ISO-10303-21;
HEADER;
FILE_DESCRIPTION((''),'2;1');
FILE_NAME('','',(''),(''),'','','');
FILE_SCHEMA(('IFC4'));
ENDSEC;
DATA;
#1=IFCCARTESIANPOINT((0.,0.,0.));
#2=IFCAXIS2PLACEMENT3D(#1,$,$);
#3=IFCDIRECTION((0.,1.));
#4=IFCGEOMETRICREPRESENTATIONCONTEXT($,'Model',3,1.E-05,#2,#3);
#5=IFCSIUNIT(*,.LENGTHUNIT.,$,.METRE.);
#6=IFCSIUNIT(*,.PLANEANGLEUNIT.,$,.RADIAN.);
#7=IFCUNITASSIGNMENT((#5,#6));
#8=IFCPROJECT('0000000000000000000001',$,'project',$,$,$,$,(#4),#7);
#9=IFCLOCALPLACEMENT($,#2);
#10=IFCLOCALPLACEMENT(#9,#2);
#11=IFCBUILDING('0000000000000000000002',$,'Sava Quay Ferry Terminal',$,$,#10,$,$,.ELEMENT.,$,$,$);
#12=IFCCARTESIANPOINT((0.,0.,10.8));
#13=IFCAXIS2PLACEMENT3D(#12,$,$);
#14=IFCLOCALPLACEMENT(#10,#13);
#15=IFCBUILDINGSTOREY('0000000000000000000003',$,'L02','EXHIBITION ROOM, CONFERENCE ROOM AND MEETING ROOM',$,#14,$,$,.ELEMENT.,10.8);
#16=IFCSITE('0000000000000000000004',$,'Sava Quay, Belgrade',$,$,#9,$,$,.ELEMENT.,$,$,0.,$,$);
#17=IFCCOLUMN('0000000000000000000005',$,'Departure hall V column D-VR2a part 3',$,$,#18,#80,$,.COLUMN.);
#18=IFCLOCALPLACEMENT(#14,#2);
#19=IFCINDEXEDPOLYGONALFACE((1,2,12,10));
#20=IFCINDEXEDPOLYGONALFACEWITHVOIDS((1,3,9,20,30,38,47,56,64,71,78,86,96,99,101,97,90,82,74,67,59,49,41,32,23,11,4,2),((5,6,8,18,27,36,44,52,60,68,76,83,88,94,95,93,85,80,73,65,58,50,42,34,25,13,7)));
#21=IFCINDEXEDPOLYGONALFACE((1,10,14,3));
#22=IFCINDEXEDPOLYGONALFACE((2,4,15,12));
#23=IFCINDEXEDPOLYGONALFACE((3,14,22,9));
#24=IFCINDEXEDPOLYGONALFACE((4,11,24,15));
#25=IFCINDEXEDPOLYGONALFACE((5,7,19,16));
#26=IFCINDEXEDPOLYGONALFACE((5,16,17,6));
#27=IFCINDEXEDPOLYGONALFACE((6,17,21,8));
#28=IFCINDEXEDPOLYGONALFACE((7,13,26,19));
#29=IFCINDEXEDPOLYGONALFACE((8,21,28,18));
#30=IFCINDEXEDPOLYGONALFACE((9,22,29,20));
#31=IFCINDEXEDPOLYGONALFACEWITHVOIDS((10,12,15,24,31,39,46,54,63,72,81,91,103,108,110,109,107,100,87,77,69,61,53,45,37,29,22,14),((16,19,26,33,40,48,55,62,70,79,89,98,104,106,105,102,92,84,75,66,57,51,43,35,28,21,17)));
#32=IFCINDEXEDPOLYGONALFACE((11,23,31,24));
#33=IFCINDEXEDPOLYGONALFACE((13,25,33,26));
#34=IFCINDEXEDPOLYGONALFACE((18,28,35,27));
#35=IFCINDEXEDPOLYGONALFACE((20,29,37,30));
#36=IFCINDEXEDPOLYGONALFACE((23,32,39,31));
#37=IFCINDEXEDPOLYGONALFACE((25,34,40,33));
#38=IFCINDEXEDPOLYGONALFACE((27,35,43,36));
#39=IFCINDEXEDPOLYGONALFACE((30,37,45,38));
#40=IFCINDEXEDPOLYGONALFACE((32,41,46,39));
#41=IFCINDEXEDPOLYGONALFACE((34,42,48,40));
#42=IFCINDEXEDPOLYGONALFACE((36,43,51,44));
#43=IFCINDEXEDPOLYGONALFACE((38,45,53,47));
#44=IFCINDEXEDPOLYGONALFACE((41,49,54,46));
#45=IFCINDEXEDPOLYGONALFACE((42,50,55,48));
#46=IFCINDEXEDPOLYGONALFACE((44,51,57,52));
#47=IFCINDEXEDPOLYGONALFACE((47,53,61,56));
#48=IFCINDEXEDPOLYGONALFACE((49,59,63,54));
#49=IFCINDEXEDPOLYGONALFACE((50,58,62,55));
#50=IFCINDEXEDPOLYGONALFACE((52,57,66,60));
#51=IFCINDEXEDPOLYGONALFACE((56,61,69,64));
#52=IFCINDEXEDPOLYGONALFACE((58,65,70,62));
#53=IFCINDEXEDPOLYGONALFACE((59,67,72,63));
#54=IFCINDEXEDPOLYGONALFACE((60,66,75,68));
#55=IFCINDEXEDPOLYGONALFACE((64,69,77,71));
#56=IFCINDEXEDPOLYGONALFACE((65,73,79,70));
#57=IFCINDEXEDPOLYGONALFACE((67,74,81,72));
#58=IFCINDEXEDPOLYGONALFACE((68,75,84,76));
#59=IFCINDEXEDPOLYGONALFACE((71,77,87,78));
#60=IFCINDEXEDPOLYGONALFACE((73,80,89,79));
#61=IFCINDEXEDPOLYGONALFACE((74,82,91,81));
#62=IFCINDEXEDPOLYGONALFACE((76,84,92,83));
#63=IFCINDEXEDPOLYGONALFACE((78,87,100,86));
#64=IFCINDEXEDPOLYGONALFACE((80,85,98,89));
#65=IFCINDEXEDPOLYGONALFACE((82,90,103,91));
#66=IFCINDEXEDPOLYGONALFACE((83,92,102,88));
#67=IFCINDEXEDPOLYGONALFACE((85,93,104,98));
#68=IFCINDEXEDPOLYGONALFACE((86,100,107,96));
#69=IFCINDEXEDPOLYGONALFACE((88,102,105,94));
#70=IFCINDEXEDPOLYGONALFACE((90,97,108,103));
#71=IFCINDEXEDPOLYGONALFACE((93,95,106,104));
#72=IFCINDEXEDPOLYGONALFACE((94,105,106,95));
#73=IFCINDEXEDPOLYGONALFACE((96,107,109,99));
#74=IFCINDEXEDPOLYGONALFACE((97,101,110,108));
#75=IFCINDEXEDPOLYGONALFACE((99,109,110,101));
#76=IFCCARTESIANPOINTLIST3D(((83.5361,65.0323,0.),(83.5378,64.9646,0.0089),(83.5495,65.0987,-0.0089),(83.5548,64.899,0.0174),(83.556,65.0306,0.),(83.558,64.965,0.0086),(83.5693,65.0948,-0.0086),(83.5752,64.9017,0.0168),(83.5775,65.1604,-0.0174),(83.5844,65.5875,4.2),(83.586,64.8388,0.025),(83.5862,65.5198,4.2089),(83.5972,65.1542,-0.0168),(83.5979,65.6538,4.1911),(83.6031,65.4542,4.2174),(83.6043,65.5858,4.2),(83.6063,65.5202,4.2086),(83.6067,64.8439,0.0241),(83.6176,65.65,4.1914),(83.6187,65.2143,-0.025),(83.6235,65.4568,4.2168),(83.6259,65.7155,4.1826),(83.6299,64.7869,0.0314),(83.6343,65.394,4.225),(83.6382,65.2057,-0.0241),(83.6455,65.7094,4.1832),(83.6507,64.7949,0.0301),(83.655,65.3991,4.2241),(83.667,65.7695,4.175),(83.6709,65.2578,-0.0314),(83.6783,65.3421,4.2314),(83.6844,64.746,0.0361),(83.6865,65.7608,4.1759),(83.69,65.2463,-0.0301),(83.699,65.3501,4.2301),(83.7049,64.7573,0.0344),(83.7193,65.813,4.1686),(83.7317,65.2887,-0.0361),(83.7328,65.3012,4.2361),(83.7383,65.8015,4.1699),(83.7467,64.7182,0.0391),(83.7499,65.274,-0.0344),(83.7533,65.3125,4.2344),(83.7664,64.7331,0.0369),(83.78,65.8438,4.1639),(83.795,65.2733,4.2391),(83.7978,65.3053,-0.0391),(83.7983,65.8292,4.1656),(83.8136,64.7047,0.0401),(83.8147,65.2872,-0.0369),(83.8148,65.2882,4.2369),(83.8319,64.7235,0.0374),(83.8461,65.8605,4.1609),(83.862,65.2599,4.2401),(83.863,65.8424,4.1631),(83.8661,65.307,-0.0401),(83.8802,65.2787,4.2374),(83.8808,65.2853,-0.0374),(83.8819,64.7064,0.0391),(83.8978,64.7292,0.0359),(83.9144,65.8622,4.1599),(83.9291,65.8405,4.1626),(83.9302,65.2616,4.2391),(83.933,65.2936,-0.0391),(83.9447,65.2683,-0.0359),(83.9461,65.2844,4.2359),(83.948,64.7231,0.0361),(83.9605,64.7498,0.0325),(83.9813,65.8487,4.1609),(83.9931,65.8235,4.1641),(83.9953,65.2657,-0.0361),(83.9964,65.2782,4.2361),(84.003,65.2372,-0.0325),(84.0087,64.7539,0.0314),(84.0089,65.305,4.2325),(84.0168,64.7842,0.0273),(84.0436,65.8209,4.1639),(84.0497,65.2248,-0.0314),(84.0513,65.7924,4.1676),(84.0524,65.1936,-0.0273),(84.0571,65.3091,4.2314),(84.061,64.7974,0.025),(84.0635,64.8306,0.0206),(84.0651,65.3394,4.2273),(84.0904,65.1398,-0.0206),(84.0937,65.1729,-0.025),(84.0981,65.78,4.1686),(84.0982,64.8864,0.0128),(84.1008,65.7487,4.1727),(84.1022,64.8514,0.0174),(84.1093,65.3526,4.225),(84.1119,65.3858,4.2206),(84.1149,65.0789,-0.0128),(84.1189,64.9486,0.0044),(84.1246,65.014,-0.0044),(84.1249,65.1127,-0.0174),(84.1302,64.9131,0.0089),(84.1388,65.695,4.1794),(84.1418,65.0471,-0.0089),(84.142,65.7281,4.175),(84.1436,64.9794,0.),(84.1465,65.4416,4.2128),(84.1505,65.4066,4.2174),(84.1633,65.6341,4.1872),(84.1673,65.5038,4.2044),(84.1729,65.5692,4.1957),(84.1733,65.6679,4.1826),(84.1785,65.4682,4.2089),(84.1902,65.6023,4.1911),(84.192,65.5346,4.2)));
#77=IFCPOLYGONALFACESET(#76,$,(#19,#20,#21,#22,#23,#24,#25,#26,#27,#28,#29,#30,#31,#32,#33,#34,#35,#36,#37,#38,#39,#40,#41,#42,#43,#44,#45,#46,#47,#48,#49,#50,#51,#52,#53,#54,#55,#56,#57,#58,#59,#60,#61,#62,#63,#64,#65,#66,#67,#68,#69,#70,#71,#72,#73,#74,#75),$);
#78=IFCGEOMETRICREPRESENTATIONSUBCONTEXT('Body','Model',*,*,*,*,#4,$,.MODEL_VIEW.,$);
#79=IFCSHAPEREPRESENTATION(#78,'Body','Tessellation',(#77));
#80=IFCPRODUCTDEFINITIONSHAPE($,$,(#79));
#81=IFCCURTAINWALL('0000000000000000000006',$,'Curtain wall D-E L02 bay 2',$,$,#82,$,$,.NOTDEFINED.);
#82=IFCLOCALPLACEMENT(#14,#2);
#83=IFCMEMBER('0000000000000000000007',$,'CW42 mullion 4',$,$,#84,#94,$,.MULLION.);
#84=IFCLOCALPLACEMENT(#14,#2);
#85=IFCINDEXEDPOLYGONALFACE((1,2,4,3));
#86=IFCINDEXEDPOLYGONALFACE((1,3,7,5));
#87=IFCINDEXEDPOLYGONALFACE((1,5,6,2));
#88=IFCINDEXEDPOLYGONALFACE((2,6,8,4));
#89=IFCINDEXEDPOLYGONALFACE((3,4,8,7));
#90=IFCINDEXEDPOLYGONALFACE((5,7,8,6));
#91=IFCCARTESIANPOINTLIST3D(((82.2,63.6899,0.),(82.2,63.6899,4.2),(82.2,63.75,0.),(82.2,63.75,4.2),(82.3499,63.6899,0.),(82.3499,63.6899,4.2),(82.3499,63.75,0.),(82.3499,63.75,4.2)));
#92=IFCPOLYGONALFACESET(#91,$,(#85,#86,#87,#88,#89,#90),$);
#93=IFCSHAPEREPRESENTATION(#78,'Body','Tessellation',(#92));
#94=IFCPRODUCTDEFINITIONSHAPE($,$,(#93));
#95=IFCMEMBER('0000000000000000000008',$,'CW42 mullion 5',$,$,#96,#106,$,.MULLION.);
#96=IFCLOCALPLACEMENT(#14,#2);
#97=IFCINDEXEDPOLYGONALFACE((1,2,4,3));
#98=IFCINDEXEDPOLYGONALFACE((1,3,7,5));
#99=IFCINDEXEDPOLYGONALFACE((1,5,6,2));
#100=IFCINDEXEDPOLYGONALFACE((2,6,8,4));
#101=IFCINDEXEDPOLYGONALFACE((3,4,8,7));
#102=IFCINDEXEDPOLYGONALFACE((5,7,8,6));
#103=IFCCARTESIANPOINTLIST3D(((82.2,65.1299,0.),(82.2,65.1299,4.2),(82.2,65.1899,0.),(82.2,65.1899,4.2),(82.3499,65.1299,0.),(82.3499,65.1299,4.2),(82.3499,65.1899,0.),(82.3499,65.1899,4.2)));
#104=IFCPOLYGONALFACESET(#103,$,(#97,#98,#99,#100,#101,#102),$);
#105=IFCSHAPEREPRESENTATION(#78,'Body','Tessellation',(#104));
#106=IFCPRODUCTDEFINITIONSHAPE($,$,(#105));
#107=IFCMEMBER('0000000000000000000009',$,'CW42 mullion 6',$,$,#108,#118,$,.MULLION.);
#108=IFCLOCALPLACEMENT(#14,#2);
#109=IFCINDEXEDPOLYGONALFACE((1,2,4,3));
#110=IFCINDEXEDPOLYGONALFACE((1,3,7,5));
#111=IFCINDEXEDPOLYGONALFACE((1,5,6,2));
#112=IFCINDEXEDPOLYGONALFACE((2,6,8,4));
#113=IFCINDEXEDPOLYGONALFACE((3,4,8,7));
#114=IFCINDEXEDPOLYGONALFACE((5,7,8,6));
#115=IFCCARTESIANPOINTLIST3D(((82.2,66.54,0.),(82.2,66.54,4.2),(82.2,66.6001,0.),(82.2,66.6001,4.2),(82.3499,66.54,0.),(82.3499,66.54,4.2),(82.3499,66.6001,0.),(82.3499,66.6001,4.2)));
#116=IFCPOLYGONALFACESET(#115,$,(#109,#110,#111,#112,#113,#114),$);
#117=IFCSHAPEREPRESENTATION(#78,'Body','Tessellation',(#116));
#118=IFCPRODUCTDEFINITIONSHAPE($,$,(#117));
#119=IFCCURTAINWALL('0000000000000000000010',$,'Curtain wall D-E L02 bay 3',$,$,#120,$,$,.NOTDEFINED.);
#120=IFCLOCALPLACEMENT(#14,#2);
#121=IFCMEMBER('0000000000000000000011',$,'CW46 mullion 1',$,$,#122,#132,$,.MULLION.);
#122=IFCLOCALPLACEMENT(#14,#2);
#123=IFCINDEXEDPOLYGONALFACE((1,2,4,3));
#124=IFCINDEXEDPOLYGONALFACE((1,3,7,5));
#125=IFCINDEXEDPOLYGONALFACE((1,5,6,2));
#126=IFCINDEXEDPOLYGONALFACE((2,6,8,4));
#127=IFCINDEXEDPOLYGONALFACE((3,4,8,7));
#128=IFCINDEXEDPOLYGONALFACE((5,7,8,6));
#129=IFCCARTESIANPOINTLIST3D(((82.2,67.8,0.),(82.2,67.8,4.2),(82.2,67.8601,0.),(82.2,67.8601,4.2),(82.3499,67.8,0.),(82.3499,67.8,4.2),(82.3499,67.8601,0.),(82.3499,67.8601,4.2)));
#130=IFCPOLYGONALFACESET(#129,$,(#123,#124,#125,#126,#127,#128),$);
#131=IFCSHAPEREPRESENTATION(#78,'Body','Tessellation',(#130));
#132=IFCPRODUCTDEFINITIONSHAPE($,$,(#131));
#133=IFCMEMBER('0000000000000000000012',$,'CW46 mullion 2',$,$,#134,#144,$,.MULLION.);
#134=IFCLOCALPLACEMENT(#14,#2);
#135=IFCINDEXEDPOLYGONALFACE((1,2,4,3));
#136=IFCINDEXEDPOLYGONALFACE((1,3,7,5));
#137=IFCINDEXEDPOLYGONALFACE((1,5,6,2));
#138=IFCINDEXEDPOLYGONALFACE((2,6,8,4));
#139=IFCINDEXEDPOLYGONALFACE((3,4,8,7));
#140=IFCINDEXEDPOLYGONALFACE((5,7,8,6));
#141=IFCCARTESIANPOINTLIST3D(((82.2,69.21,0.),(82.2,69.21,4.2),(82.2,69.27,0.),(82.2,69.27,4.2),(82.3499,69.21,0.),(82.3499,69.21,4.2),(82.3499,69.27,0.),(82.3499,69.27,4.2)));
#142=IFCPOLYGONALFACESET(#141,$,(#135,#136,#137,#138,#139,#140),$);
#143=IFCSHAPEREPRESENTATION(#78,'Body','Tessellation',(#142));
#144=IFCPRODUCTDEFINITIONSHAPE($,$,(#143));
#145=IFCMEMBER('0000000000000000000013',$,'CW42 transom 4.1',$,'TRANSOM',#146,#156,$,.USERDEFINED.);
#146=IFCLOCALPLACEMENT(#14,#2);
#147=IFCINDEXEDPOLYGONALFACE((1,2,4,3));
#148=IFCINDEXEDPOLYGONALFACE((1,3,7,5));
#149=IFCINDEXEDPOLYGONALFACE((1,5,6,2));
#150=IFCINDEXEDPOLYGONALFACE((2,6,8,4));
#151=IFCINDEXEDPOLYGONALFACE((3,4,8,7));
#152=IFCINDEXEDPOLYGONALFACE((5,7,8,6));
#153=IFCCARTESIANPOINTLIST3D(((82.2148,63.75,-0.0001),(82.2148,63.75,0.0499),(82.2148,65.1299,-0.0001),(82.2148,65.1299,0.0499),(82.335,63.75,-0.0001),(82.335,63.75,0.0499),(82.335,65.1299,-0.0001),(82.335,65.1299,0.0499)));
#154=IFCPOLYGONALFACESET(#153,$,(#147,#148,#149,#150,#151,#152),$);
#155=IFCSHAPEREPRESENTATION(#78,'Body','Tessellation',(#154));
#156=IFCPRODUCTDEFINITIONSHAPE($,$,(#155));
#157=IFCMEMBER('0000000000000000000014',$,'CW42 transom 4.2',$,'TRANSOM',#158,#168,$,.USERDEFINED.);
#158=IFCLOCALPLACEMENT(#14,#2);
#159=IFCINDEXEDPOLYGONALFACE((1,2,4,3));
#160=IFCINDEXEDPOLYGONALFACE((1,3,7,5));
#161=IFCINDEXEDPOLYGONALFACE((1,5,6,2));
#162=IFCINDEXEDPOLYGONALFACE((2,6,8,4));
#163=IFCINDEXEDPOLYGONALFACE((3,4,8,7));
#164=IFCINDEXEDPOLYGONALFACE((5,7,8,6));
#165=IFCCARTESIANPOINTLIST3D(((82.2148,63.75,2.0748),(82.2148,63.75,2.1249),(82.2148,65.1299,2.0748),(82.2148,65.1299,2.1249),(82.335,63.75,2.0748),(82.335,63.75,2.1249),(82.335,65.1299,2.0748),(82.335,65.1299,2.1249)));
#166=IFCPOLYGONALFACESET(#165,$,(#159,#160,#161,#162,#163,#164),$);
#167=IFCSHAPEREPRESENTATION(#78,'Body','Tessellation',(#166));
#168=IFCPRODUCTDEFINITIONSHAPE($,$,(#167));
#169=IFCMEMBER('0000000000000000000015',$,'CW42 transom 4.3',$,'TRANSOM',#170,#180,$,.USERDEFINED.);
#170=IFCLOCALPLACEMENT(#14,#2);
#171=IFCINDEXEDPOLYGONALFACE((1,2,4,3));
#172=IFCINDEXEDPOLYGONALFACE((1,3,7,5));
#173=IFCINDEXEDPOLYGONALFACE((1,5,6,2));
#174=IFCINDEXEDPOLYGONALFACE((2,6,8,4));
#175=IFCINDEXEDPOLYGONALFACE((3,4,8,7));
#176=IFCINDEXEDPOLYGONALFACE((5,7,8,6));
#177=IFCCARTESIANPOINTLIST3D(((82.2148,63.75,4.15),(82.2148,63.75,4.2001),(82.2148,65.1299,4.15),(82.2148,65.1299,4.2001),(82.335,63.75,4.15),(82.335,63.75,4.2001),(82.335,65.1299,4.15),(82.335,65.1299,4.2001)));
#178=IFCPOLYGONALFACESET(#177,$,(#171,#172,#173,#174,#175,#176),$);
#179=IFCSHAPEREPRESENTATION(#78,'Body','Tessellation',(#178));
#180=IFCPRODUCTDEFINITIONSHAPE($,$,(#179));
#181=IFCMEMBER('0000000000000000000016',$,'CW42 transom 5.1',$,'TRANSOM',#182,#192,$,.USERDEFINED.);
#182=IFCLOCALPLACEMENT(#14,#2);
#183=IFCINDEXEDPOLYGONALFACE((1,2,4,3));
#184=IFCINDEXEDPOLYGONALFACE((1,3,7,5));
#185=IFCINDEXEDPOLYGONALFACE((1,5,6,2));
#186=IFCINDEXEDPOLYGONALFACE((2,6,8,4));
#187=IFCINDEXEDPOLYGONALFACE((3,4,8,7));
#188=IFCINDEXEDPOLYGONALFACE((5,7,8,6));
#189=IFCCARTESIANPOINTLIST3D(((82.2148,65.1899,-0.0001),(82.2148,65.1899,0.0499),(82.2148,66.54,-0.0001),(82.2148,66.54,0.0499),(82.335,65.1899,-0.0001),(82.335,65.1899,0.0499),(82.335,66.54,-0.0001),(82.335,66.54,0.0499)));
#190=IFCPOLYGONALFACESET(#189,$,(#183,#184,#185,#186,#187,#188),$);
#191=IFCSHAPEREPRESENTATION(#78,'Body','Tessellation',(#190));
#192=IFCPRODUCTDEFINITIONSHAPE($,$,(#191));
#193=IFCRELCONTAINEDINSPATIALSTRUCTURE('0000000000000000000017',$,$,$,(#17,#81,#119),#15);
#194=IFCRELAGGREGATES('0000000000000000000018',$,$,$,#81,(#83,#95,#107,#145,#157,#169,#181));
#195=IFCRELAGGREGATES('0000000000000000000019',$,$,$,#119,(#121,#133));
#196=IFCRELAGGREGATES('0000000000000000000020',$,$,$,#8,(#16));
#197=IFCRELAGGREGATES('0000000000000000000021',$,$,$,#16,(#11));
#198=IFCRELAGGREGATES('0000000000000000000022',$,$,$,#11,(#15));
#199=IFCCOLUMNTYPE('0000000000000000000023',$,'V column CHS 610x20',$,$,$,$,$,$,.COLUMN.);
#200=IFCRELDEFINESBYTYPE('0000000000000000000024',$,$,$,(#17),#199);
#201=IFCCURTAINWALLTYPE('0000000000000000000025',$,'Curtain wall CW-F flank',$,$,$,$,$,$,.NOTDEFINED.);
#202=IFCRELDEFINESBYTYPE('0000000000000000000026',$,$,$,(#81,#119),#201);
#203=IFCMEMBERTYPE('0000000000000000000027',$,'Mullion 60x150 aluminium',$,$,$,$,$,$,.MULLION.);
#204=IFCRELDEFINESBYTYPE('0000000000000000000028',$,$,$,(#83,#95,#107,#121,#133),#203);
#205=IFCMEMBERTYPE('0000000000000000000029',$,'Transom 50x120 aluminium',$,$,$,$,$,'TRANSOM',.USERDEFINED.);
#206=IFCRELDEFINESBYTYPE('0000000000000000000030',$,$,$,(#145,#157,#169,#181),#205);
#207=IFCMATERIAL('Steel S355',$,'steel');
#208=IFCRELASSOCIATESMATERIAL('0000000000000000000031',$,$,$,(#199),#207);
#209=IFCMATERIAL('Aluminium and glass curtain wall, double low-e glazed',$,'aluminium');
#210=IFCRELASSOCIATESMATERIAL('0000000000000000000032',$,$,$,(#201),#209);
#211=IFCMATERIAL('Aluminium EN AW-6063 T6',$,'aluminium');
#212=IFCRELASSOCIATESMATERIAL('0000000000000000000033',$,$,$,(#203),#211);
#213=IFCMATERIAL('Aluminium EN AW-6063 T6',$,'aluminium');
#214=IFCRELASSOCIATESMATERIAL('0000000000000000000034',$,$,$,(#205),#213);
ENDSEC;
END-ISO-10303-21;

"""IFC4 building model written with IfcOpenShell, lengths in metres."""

from ifc_helpers import new_model, si_unit, direction, frame, origin, origin_2d, place, context, subcontext, project, spatial, rectangle, hollow_circle, extrude, material, material_profile, profile_set, type_object, element, aggregate, save


model = new_model("IFC4")

# Units and contexts
model_context = context("Model", 3, precision=1e-05, world=origin(), true_north=direction((0.0, 1.0)))
body_context = subcontext(model_context, "Body", "Model", "MODEL_VIEW")
ifc_project = project(units=[si_unit("LENGTHUNIT", "METRE"), si_unit("PLANEANGLEUNIT", "RADIAN")], contexts=[model_context])

# Site, building, storey
site_placement = place(None, origin())
site = spatial("IfcSite", under=ifc_project, at=site_placement, Name="Sava Quay, Belgrade", CompositionType="ELEMENT", RefElevation=0.0)
building_placement = place(site_placement, origin())
building = spatial("IfcBuilding", under=site, at=building_placement, Name="Sava Quay Ferry Terminal", CompositionType="ELEMENT")
storey_placement = place(building_placement, frame((0.0, 0.0, 10.8)))
storey = spatial("IfcBuildingStorey", under=building, at=storey_placement, Name="L02", Description="EXHIBITION ROOM, CONFERENCE ROOM AND MEETING ROOM", CompositionType="ELEMENT", Elevation=10.8)

# Column
ifc_material_1 = material(Name="Steel S355", Category="steel")
ifc_material_profile_1 = material_profile(ifc_material_1, hollow_circle(Radius=0.3049, WallThickness=0.02, at=origin_2d()), Name="CHS 610 x 20.0")
ifc_profile_set_1 = profile_set([ifc_material_profile_1], Name="Steel S355")
column_type = type_object("IfcColumnType", Name="V column CHS 610x20", PredefinedType="COLUMN", material=ifc_profile_set_1)
column_placement = place(storey_placement, frame((83.8398, 65.0059, 0.0), z_axis=(0.01141, 0.131038, 0.991312), x_axis=(-0.996231, 0.086743, 0.0)))
element("IfcColumn", 1, at=column_placement, inside=storey, type_object=column_type, Name="Departure hall V column D-VR2a part 3", PredefinedType="COLUMN", context=body_context, shape_type="SweptSolid", body=[
    extrude(hollow_circle(Radius=0.3049, WallThickness=0.02, at=origin_2d()), origin(), (0.0, 0.0, 1.0), 4.2368),
])

# Curtain walls, members
ifc_material_2 = material(Name="Aluminium and glass curtain wall, double low-e glazed", Category="aluminium")
curtain_wall_type = type_object("IfcCurtainWallType", Name="Curtain wall CW-F flank", PredefinedType="NOTDEFINED", material=ifc_material_2)
curtain_wall_1_placement = place(storey_placement, origin())
curtain_wall_1 = element("IfcCurtainWall", 2, at=curtain_wall_1_placement, inside=storey, type_object=curtain_wall_type, Name="Curtain wall D-E L02 bay 2", PredefinedType="NOTDEFINED")
ifc_material_3 = material(Name="Aluminium EN AW-6063 T6", Category="aluminium")
ifc_material_profile_2 = material_profile(ifc_material_3, rectangle(XDim=0.1499, YDim=0.0601, at=origin_2d()), Name="Mullion 60x150 aluminium")
ifc_profile_set_2 = profile_set([ifc_material_profile_2], Name="Aluminium EN AW-6063 T6")
member_type_1 = type_object("IfcMemberType", Name="Mullion 60x150 aluminium", PredefinedType="MULLION", material=ifc_profile_set_2)
member_1_placement = place(storey_placement, frame((82.2749, 63.72, 0.0), z_axis=(0.0, 0.0, 1.0), x_axis=(-1.0, 0.0, 0.0)))
member_1 = element("IfcMember", 3, at=member_1_placement, type_object=member_type_1, Name="CW42 mullion 4", PredefinedType="MULLION", context=body_context, shape_type="SweptSolid", body=[
    extrude(rectangle(XDim=0.1499, YDim=0.0601, at=origin_2d()), origin(), (0.0, 0.0, 1.0), 4.2),
])
member_2_placement = place(storey_placement, frame((82.2749, 65.1599, 0.0), z_axis=(0.0, 0.0, 1.0), x_axis=(-1.0, 0.0, 0.0)))
member_2 = element("IfcMember", 4, at=member_2_placement, type_object=member_type_1, Name="CW42 mullion 5", PredefinedType="MULLION", context=body_context, shape_type="SweptSolid", body=[
    extrude(rectangle(XDim=0.1499, YDim=0.0601, at=origin_2d()), origin(), (0.0, 0.0, 1.0), 4.2),
])
member_3_placement = place(storey_placement, frame((82.2749, 66.5701, 0.0), z_axis=(0.0, 0.0, 1.0), x_axis=(-1.0, 0.0, 0.0)))
member_3 = element("IfcMember", 5, at=member_3_placement, type_object=member_type_1, Name="CW42 mullion 6", PredefinedType="MULLION", context=body_context, shape_type="SweptSolid", body=[
    extrude(rectangle(XDim=0.1499, YDim=0.0601, at=origin_2d()), origin(), (0.0, 0.0, 1.0), 4.2),
])
curtain_wall_2_placement = place(storey_placement, origin())
curtain_wall_2 = element("IfcCurtainWall", 6, at=curtain_wall_2_placement, inside=storey, type_object=curtain_wall_type, Name="Curtain wall D-E L02 bay 3", PredefinedType="NOTDEFINED")
member_4_placement = place(storey_placement, frame((82.2749, 67.8301, 0.0), z_axis=(0.0, 0.0, 1.0), x_axis=(-1.0, 0.0, 0.0)))
member_4 = element("IfcMember", 7, at=member_4_placement, type_object=member_type_1, Name="CW46 mullion 1", PredefinedType="MULLION", context=body_context, shape_type="SweptSolid", body=[
    extrude(rectangle(XDim=0.1499, YDim=0.0601, at=origin_2d()), origin(), (0.0, 0.0, 1.0), 4.2),
])
member_5_placement = place(storey_placement, frame((82.2749, 69.24, 0.0), z_axis=(0.0, 0.0, 1.0), x_axis=(-1.0, 0.0, 0.0)))
member_5 = element("IfcMember", 8, at=member_5_placement, type_object=member_type_1, Name="CW46 mullion 2", PredefinedType="MULLION", context=body_context, shape_type="SweptSolid", body=[
    extrude(rectangle(XDim=0.1499, YDim=0.0601, at=origin_2d()), origin(), (0.0, 0.0, 1.0), 4.2),
])

# Members
ifc_material_4 = material(Name="Aluminium EN AW-6063 T6", Category="aluminium")
ifc_material_profile_3 = material_profile(ifc_material_4, rectangle(XDim=0.1201, YDim=0.05, at=origin_2d()), Name="Transom 50x120 aluminium")
ifc_profile_set_3 = profile_set([ifc_material_profile_3], Name="Aluminium EN AW-6063 T6")
member_type_2 = type_object("IfcMemberType", Name="Transom 50x120 aluminium", ElementType="TRANSOM", PredefinedType="USERDEFINED", material=ifc_profile_set_3)
member_6_placement = place(storey_placement, frame((82.2749, 63.75, 0.0249), z_axis=(0.0, 1.0, 0.0), x_axis=(-1.0, 0.0, 0.0)))
member_6 = element("IfcMember", 9, at=member_6_placement, type_object=member_type_2, Name="CW42 transom 4.1", ObjectType="TRANSOM", PredefinedType="USERDEFINED", context=body_context, shape_type="SweptSolid", body=[
    extrude(rectangle(XDim=0.1201, YDim=0.05, at=origin_2d()), origin(), (0.0, 0.0, 1.0), 1.3799),
])
member_7_placement = place(storey_placement, frame((82.2749, 63.75, 2.0999), z_axis=(0.0, 1.0, 0.0), x_axis=(-1.0, 0.0, 0.0)))
member_7 = element("IfcMember", 10, at=member_7_placement, type_object=member_type_2, Name="CW42 transom 4.2", ObjectType="TRANSOM", PredefinedType="USERDEFINED", context=body_context, shape_type="SweptSolid", body=[
    extrude(rectangle(XDim=0.1201, YDim=0.05, at=origin_2d()), origin(), (0.0, 0.0, 1.0), 1.3799),
])
member_8_placement = place(storey_placement, frame((82.2749, 63.75, 4.175), z_axis=(0.0, 1.0, 0.0), x_axis=(-1.0, 0.0, 0.0)))
member_8 = element("IfcMember", 11, at=member_8_placement, type_object=member_type_2, Name="CW42 transom 4.3", ObjectType="TRANSOM", PredefinedType="USERDEFINED", context=body_context, shape_type="SweptSolid", body=[
    extrude(rectangle(XDim=0.1201, YDim=0.05, at=origin_2d()), origin(), (0.0, 0.0, 1.0), 1.3799),
])
member_9_placement = place(storey_placement, frame((82.2749, 65.1899, 0.0249), z_axis=(0.0, 1.0, 0.0), x_axis=(-1.0, 0.0, 0.0)))
member_9 = element("IfcMember", 12, at=member_9_placement, type_object=member_type_2, Name="CW42 transom 5.1", ObjectType="TRANSOM", PredefinedType="USERDEFINED", context=body_context, shape_type="SweptSolid", body=[
    extrude(rectangle(XDim=0.1201, YDim=0.05, at=origin_2d()), origin(), (0.0, 0.0, 1.0), 1.3501),
])

aggregate(curtain_wall_1, [member_1, member_2, member_3, member_6, member_7, member_8, member_9])
aggregate(curtain_wall_2, [member_4, member_5])

save(model, "model.ifc")
